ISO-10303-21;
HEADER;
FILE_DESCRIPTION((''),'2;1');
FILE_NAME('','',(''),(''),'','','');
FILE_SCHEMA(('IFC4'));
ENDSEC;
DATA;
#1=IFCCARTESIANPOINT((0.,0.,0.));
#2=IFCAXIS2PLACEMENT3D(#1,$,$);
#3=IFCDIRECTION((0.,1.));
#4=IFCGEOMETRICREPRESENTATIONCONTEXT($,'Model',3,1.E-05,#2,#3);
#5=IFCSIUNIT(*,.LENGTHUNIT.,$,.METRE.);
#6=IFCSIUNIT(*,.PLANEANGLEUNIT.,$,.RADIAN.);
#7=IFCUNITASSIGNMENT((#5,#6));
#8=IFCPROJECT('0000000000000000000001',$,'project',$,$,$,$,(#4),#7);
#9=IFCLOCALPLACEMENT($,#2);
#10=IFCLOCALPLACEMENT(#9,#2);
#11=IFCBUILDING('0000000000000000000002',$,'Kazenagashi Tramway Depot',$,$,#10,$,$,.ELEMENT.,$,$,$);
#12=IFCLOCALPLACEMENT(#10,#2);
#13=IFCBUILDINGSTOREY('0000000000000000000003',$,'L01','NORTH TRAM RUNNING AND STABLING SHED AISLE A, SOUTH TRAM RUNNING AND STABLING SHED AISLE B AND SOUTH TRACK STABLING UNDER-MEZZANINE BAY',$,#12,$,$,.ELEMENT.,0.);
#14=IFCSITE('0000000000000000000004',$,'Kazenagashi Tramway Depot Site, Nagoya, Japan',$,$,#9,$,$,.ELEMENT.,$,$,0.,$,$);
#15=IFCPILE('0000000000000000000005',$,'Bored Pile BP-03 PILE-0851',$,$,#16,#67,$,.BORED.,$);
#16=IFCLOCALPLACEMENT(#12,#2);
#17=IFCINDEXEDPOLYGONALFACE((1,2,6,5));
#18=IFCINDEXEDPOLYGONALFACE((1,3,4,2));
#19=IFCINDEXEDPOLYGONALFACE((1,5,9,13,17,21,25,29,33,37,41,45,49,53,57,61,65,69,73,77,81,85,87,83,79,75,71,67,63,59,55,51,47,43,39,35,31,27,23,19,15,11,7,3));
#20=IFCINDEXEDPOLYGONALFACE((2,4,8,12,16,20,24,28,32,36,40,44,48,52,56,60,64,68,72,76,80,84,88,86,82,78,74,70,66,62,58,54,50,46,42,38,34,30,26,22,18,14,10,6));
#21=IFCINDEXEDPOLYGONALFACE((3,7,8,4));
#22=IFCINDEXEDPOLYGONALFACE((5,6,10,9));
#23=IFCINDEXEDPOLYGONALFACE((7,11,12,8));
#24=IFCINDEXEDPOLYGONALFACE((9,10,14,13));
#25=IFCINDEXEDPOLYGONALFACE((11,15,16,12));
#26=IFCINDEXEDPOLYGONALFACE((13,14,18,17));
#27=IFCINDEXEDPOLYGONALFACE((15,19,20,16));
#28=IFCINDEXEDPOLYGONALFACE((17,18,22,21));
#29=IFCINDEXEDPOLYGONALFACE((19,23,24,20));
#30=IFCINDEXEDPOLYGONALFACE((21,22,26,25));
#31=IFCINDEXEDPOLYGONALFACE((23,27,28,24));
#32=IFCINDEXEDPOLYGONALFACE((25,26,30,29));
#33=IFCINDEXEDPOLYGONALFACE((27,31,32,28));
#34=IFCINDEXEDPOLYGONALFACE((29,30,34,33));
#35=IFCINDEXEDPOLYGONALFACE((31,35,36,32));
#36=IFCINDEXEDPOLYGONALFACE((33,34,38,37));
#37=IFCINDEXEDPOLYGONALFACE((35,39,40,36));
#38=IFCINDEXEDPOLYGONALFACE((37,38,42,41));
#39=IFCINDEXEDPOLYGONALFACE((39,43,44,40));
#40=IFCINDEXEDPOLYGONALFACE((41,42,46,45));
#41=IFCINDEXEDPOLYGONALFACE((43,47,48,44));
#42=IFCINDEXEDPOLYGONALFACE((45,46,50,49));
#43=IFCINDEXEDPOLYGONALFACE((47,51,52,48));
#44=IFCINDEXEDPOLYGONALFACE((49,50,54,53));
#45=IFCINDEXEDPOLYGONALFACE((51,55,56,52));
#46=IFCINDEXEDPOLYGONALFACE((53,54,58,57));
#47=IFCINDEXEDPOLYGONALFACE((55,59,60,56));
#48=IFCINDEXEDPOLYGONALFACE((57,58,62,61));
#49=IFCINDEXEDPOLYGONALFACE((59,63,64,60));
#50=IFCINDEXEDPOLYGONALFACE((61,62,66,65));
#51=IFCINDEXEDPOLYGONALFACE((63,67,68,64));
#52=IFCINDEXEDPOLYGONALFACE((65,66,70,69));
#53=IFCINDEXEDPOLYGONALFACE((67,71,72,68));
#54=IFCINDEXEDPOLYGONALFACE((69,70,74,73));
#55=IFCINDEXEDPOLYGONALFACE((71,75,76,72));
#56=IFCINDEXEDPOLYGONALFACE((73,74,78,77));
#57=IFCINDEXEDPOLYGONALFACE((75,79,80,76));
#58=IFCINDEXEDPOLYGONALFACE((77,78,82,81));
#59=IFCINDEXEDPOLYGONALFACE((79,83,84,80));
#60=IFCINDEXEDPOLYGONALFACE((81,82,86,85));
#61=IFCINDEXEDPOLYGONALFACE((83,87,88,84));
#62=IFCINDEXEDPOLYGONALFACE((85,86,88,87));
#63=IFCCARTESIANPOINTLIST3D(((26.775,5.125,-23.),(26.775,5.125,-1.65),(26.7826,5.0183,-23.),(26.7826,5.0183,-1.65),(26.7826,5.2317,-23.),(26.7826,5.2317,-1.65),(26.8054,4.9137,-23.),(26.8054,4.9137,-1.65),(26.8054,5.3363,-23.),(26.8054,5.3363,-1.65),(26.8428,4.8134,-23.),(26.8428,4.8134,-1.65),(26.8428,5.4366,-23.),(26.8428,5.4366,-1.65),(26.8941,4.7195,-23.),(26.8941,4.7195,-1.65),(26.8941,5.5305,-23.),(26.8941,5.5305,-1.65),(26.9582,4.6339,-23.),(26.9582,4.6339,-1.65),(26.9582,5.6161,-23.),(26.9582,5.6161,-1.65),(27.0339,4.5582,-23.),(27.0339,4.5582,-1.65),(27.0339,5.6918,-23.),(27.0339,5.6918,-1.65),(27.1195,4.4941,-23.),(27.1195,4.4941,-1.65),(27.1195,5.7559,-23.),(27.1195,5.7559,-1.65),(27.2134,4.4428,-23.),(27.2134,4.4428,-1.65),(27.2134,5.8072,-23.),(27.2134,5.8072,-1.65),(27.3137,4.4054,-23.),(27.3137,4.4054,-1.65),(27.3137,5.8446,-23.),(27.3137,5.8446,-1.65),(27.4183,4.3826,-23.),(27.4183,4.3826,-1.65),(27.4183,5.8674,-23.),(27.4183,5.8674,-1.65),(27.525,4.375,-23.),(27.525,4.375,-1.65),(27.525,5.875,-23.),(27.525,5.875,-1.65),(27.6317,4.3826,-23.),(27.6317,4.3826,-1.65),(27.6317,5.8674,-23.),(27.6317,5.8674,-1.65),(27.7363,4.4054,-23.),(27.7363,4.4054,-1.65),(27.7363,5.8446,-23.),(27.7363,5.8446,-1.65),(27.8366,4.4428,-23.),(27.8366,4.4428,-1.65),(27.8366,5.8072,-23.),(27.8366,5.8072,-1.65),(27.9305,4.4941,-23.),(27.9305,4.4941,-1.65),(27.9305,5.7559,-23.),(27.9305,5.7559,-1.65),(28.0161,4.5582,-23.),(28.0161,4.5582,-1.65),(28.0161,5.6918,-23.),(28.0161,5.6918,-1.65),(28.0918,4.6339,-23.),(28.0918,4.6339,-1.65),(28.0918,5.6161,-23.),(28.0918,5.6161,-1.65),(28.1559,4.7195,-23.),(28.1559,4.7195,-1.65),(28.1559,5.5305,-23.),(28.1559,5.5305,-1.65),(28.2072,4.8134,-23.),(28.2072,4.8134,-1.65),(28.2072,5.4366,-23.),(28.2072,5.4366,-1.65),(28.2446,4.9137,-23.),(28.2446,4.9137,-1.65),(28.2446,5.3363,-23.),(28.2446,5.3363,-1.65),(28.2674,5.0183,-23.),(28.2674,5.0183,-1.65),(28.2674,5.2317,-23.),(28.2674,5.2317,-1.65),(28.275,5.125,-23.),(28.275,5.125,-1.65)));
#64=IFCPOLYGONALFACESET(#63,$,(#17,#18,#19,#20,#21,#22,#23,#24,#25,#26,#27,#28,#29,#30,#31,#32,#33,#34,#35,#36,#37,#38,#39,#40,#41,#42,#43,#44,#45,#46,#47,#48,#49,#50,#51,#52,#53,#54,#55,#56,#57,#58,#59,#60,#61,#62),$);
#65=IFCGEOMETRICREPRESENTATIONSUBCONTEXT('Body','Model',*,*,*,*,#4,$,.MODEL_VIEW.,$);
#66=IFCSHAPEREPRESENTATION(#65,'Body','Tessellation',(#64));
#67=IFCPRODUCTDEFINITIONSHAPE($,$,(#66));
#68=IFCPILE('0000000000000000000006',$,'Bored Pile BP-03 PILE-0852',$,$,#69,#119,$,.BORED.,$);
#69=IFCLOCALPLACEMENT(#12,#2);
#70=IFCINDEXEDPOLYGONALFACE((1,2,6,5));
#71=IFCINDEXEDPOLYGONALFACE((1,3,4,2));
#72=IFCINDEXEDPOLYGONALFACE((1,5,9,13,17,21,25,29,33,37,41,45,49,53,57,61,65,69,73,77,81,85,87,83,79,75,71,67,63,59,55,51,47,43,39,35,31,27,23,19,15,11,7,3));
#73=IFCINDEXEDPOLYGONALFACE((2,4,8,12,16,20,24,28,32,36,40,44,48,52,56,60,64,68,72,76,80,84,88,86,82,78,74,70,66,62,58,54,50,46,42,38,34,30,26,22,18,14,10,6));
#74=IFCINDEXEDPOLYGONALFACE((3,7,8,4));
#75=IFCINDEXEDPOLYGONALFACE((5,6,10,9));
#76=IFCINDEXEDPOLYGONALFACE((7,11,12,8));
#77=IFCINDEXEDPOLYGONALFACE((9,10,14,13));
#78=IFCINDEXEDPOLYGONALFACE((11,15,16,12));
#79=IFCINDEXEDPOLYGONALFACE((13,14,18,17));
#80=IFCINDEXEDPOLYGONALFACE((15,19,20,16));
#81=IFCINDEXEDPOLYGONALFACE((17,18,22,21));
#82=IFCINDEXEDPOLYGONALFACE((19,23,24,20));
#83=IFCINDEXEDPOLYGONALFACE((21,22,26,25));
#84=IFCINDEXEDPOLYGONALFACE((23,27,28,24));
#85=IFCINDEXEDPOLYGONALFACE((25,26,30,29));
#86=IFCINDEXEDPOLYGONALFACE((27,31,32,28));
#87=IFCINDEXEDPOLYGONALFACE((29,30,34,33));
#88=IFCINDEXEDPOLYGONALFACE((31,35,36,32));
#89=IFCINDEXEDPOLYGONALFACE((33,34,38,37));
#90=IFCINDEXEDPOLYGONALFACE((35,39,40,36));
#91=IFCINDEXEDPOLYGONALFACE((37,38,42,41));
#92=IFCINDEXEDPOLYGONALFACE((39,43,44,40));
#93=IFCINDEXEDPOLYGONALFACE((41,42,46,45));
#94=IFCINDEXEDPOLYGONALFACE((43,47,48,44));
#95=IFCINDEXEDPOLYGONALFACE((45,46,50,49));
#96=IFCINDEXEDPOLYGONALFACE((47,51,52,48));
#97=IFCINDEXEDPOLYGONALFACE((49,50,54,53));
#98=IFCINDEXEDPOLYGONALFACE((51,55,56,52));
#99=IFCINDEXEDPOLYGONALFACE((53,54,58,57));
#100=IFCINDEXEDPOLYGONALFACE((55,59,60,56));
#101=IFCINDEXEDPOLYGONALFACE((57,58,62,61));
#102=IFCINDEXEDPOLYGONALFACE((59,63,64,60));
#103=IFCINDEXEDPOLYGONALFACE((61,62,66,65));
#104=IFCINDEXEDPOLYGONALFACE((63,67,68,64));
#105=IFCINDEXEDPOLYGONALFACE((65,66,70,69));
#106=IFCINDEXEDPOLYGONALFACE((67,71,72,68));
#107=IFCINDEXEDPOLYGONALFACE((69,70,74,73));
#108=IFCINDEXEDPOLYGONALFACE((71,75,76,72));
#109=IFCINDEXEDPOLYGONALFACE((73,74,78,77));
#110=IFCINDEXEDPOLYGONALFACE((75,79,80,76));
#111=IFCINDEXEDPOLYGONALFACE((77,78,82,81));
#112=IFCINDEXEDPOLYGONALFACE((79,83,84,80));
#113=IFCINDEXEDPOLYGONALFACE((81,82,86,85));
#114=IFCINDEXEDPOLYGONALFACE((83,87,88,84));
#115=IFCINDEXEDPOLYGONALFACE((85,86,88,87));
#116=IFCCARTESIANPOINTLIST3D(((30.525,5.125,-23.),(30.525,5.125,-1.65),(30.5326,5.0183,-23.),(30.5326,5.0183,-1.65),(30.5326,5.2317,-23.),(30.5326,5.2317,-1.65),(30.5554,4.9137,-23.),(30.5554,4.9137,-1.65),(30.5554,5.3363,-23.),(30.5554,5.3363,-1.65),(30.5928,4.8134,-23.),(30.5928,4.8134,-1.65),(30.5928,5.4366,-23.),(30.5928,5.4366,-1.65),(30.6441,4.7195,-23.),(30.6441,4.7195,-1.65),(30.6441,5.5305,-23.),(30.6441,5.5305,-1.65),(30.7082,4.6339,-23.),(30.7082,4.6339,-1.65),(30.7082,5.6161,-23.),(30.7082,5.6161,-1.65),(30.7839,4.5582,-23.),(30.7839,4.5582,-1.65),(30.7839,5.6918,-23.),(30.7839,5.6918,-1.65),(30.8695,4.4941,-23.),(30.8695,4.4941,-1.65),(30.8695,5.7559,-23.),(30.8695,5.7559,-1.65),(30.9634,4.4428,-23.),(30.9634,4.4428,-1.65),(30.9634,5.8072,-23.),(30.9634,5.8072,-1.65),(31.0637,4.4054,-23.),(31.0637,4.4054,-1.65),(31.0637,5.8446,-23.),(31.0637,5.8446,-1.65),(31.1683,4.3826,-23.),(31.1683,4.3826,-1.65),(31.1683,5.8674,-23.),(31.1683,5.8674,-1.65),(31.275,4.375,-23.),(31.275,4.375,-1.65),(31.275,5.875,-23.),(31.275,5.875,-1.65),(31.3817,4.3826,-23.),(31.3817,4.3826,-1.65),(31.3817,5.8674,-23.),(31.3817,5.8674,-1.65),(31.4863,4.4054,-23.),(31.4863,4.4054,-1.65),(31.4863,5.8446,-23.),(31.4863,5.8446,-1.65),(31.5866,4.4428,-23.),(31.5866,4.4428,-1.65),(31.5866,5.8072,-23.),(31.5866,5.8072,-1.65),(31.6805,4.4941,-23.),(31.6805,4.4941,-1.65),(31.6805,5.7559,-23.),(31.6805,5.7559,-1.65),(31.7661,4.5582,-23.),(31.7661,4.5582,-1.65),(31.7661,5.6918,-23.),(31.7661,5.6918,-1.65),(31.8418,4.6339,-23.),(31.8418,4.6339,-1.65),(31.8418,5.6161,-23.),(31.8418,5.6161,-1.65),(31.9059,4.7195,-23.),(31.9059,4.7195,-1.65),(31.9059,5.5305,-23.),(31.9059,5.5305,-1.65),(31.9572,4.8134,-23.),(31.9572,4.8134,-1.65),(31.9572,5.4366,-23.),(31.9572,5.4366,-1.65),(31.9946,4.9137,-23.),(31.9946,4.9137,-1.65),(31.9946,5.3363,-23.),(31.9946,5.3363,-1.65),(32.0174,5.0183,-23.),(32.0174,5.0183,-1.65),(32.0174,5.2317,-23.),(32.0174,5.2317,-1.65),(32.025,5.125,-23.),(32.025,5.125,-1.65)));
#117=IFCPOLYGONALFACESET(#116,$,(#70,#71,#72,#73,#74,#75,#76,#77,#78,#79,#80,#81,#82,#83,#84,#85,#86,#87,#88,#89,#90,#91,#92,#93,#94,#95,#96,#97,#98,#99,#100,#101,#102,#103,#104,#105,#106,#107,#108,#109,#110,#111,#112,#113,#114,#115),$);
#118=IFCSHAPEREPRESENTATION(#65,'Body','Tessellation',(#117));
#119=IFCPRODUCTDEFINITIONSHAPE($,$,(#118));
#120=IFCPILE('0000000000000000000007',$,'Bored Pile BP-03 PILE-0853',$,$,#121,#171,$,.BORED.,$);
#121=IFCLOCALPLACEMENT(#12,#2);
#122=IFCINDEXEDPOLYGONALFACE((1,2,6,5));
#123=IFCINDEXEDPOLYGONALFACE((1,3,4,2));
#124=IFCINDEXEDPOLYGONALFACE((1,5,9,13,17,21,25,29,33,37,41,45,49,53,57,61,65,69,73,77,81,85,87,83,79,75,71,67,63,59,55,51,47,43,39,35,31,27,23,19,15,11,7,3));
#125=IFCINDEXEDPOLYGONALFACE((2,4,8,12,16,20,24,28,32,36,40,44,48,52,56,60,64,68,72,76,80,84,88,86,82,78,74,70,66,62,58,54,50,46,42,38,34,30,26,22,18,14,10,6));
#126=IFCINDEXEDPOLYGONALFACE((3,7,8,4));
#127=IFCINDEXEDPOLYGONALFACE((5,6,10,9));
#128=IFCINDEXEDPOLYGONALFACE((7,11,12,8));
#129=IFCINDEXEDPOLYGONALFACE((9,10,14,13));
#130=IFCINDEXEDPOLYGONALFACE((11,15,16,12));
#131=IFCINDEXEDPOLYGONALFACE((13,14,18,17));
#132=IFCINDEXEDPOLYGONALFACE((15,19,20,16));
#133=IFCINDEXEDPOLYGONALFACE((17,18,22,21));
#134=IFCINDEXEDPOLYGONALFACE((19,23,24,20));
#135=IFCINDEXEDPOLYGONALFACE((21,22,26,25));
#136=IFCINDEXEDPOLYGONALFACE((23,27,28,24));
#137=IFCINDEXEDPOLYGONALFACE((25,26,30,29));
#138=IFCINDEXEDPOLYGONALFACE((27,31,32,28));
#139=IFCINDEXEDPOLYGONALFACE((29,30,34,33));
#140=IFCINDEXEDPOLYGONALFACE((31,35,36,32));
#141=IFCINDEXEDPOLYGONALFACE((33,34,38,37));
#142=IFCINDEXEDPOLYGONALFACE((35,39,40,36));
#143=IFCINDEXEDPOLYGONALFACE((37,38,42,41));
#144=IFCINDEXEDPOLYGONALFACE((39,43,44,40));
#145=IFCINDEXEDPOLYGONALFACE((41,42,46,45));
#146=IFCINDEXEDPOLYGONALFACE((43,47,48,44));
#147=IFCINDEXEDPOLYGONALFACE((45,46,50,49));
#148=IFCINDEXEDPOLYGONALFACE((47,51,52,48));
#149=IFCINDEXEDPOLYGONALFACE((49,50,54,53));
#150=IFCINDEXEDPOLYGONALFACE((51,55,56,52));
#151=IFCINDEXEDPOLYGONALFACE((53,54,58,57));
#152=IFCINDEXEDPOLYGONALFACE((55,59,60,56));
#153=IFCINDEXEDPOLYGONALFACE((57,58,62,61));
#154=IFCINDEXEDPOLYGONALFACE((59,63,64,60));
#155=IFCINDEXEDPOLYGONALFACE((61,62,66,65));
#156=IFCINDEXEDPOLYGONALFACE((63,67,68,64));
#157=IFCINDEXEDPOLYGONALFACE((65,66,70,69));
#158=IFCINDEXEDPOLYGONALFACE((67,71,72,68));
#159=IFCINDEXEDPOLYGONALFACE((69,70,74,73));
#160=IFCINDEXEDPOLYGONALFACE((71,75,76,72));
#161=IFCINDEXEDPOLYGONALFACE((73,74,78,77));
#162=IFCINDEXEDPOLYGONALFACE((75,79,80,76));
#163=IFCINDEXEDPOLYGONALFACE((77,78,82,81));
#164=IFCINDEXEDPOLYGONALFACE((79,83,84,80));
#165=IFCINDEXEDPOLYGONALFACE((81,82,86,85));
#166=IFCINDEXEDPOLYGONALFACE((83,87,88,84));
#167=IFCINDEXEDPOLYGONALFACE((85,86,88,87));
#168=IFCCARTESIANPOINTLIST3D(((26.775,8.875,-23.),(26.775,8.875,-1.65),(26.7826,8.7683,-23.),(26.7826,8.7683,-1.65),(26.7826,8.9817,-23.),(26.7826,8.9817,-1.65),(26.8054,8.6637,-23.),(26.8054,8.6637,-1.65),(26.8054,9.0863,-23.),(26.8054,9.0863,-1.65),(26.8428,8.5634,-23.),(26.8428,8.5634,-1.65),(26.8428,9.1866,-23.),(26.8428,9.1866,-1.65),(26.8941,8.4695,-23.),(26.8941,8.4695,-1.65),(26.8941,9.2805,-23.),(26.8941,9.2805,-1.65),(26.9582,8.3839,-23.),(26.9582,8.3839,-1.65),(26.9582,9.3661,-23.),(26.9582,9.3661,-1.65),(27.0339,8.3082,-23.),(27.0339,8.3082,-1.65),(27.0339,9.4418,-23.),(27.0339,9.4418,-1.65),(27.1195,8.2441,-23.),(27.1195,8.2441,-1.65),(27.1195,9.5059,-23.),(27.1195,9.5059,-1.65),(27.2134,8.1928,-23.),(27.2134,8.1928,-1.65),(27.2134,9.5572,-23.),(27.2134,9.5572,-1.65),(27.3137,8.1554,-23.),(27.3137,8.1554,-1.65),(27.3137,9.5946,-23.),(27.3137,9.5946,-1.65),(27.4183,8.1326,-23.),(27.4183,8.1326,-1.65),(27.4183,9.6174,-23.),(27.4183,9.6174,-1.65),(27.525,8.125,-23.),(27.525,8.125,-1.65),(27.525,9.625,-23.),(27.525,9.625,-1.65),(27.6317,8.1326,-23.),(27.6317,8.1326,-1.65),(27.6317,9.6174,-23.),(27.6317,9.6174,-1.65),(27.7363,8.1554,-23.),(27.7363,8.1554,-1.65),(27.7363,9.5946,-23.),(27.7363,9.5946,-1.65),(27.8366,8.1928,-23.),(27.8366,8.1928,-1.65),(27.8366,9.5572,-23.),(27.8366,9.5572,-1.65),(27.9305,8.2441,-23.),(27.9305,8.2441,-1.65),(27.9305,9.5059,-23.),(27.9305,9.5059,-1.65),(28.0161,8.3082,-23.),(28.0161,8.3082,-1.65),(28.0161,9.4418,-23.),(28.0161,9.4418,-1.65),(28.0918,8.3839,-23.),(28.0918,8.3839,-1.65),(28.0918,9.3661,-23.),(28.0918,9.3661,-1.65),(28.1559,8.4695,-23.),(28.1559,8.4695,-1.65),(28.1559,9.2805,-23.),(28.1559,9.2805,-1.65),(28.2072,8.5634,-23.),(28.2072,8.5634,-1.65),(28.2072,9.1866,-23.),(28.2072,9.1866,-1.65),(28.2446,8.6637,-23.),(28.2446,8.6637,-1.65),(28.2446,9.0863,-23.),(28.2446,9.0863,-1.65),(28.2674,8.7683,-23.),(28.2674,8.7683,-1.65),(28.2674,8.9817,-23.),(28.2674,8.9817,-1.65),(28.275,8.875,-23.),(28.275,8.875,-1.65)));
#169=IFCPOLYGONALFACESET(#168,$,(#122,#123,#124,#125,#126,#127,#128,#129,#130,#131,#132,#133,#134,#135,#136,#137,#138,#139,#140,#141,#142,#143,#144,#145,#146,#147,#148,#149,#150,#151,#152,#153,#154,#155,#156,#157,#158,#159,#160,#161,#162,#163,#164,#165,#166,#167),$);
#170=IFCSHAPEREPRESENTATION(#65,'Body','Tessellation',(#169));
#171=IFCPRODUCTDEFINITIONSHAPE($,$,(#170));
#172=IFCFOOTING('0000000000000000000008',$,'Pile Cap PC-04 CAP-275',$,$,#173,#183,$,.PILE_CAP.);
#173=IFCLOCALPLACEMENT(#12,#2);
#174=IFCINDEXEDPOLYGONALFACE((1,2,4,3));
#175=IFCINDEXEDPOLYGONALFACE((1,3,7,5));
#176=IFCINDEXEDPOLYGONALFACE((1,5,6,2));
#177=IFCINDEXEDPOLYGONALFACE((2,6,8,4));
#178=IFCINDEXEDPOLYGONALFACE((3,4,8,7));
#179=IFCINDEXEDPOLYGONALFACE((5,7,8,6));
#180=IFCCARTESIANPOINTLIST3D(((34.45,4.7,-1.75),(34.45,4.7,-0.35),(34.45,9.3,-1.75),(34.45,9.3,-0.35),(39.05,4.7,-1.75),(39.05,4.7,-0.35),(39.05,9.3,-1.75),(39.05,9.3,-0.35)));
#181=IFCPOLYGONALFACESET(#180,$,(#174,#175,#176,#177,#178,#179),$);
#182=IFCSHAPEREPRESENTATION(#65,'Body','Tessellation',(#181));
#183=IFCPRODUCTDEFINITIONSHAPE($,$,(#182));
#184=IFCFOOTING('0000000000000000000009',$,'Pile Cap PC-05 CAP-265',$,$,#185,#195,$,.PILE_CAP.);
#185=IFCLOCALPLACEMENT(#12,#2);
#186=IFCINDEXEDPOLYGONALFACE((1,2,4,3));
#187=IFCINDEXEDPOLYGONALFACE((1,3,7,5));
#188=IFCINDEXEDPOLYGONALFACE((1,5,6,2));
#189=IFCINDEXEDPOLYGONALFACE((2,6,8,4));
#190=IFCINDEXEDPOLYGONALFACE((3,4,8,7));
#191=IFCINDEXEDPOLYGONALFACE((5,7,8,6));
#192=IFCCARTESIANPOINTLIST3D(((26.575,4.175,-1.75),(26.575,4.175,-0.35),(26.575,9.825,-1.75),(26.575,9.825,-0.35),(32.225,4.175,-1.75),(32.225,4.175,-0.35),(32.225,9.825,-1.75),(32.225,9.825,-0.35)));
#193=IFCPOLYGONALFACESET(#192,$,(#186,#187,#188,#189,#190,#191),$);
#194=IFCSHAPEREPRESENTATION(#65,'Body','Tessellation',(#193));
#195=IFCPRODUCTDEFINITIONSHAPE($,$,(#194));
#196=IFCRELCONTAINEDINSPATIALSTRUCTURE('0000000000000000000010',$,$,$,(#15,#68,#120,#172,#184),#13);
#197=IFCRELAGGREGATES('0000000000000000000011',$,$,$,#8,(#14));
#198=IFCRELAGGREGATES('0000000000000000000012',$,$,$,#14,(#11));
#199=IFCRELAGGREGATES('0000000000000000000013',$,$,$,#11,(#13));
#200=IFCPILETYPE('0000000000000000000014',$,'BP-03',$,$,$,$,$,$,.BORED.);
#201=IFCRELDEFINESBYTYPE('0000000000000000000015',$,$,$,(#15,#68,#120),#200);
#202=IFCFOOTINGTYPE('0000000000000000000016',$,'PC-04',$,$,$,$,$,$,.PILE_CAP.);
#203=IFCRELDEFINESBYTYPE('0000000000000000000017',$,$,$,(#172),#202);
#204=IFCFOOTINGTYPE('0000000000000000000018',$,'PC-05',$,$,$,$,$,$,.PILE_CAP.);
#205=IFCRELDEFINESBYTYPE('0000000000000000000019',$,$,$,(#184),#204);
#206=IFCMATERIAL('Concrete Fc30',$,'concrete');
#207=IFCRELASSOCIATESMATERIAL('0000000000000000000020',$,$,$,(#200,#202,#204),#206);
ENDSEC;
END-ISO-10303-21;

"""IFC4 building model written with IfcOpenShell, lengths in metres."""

from ifc_helpers import new_model, si_unit, direction, frame, origin, origin_2d, place, context, subcontext, project, spatial, rectangle, circle, extrude, material, material_profile, profile_set, type_object, element, save


model = new_model("IFC4")

# Units and contexts
model_context = context("Model", 3, precision=1e-05, world=origin(), true_north=direction((0.0, 1.0)))
body_context = subcontext(model_context, "Body", "Model", "MODEL_VIEW")
ifc_project = project(units=[si_unit("LENGTHUNIT", "METRE"), si_unit("PLANEANGLEUNIT", "RADIAN")], contexts=[model_context])

# Site, building, storey
site_placement = place(None, origin())
site = spatial("IfcSite", under=ifc_project, at=site_placement, Name="Kazenagashi Tramway Depot Site, Nagoya, Japan", CompositionType="ELEMENT", RefElevation=0.0)
building_placement = place(site_placement, origin())
building = spatial("IfcBuilding", under=site, at=building_placement, Name="Kazenagashi Tramway Depot", CompositionType="ELEMENT")
storey_placement = place(building_placement, origin())
storey = spatial("IfcBuildingStorey", under=building, at=storey_placement, Name="L01", Description="NORTH TRAM RUNNING AND STABLING SHED AISLE A, SOUTH TRAM RUNNING AND STABLING SHED AISLE B AND SOUTH TRACK STABLING UNDER-MEZZANINE BAY", CompositionType="ELEMENT", Elevation=0.0)

# Piles
ifc_material_1 = material(Name="Concrete Fc30", Category="concrete")
ifc_material_profile_1 = material_profile(ifc_material_1, circle(Radius=0.75, at=origin_2d()), Name="PILE-1500")
ifc_profile_set_1 = profile_set([ifc_material_profile_1], Name="Concrete Fc30")
pile_type_1 = type_object("IfcPileType", Name="BP-03", PredefinedType="BORED", material=ifc_profile_set_1)
for number, where, z_axis, x_axis, name in (
    (1, (27.525, 5.125, -1.65), (0.0, 0.0, -1.0), (1.0, 0.0, 0.0), "Bored Pile BP-03 PILE-0851"),
    (2, (31.275, 5.125, -1.65), (0.0, 0.0, -1.0), (1.0, 0.0, 0.0), "Bored Pile BP-03 PILE-0852"),
    (3, (27.525, 8.875, -1.65), (0.0, 0.0, -1.0), (1.0, 0.0, 0.0), "Bored Pile BP-03 PILE-0853"),
):
    element("IfcPile", number, at=place(storey_placement, frame(where, z_axis=z_axis, x_axis=x_axis)), inside=storey, type_object=pile_type_1, Name=name, PredefinedType="BORED", context=body_context, shape_type="SweptSolid", body=[
        extrude(circle(Radius=0.75, at=origin_2d()), origin(), (0.0, 0.0, 1.0), 21.35),
    ])

# Footings
footing_type_1 = type_object("IfcFootingType", Name="PC-04", PredefinedType="PILE_CAP", material=ifc_material_1)
footing_1_placement = place(storey_placement, frame((36.75, 7.0, -1.75), z_axis=(0.0, 0.0, 1.0), x_axis=(1.0, 0.0, 0.0)))
element("IfcFooting", 4, at=footing_1_placement, inside=storey, type_object=footing_type_1, Name="Pile Cap PC-04 CAP-275", PredefinedType="PILE_CAP", context=body_context, shape_type="SweptSolid", body=[
    extrude(rectangle(XDim=4.6, YDim=4.6, at=origin_2d()), origin(), (0.0, 0.0, 1.0), 1.4),
])
footing_type_2 = type_object("IfcFootingType", Name="PC-05", PredefinedType="PILE_CAP", material=ifc_material_1)
footing_2_placement = place(storey_placement, frame((29.4, 7.0, -1.75), z_axis=(0.0, 0.0, 1.0), x_axis=(1.0, 0.0, 0.0)))
element("IfcFooting", 5, at=footing_2_placement, inside=storey, type_object=footing_type_2, Name="Pile Cap PC-05 CAP-265", PredefinedType="PILE_CAP", context=body_context, shape_type="SweptSolid", body=[
    extrude(rectangle(XDim=5.65, YDim=5.65, at=origin_2d()), origin(), (0.0, 0.0, 1.0), 1.4),
])

save(model, "model.ifc")
